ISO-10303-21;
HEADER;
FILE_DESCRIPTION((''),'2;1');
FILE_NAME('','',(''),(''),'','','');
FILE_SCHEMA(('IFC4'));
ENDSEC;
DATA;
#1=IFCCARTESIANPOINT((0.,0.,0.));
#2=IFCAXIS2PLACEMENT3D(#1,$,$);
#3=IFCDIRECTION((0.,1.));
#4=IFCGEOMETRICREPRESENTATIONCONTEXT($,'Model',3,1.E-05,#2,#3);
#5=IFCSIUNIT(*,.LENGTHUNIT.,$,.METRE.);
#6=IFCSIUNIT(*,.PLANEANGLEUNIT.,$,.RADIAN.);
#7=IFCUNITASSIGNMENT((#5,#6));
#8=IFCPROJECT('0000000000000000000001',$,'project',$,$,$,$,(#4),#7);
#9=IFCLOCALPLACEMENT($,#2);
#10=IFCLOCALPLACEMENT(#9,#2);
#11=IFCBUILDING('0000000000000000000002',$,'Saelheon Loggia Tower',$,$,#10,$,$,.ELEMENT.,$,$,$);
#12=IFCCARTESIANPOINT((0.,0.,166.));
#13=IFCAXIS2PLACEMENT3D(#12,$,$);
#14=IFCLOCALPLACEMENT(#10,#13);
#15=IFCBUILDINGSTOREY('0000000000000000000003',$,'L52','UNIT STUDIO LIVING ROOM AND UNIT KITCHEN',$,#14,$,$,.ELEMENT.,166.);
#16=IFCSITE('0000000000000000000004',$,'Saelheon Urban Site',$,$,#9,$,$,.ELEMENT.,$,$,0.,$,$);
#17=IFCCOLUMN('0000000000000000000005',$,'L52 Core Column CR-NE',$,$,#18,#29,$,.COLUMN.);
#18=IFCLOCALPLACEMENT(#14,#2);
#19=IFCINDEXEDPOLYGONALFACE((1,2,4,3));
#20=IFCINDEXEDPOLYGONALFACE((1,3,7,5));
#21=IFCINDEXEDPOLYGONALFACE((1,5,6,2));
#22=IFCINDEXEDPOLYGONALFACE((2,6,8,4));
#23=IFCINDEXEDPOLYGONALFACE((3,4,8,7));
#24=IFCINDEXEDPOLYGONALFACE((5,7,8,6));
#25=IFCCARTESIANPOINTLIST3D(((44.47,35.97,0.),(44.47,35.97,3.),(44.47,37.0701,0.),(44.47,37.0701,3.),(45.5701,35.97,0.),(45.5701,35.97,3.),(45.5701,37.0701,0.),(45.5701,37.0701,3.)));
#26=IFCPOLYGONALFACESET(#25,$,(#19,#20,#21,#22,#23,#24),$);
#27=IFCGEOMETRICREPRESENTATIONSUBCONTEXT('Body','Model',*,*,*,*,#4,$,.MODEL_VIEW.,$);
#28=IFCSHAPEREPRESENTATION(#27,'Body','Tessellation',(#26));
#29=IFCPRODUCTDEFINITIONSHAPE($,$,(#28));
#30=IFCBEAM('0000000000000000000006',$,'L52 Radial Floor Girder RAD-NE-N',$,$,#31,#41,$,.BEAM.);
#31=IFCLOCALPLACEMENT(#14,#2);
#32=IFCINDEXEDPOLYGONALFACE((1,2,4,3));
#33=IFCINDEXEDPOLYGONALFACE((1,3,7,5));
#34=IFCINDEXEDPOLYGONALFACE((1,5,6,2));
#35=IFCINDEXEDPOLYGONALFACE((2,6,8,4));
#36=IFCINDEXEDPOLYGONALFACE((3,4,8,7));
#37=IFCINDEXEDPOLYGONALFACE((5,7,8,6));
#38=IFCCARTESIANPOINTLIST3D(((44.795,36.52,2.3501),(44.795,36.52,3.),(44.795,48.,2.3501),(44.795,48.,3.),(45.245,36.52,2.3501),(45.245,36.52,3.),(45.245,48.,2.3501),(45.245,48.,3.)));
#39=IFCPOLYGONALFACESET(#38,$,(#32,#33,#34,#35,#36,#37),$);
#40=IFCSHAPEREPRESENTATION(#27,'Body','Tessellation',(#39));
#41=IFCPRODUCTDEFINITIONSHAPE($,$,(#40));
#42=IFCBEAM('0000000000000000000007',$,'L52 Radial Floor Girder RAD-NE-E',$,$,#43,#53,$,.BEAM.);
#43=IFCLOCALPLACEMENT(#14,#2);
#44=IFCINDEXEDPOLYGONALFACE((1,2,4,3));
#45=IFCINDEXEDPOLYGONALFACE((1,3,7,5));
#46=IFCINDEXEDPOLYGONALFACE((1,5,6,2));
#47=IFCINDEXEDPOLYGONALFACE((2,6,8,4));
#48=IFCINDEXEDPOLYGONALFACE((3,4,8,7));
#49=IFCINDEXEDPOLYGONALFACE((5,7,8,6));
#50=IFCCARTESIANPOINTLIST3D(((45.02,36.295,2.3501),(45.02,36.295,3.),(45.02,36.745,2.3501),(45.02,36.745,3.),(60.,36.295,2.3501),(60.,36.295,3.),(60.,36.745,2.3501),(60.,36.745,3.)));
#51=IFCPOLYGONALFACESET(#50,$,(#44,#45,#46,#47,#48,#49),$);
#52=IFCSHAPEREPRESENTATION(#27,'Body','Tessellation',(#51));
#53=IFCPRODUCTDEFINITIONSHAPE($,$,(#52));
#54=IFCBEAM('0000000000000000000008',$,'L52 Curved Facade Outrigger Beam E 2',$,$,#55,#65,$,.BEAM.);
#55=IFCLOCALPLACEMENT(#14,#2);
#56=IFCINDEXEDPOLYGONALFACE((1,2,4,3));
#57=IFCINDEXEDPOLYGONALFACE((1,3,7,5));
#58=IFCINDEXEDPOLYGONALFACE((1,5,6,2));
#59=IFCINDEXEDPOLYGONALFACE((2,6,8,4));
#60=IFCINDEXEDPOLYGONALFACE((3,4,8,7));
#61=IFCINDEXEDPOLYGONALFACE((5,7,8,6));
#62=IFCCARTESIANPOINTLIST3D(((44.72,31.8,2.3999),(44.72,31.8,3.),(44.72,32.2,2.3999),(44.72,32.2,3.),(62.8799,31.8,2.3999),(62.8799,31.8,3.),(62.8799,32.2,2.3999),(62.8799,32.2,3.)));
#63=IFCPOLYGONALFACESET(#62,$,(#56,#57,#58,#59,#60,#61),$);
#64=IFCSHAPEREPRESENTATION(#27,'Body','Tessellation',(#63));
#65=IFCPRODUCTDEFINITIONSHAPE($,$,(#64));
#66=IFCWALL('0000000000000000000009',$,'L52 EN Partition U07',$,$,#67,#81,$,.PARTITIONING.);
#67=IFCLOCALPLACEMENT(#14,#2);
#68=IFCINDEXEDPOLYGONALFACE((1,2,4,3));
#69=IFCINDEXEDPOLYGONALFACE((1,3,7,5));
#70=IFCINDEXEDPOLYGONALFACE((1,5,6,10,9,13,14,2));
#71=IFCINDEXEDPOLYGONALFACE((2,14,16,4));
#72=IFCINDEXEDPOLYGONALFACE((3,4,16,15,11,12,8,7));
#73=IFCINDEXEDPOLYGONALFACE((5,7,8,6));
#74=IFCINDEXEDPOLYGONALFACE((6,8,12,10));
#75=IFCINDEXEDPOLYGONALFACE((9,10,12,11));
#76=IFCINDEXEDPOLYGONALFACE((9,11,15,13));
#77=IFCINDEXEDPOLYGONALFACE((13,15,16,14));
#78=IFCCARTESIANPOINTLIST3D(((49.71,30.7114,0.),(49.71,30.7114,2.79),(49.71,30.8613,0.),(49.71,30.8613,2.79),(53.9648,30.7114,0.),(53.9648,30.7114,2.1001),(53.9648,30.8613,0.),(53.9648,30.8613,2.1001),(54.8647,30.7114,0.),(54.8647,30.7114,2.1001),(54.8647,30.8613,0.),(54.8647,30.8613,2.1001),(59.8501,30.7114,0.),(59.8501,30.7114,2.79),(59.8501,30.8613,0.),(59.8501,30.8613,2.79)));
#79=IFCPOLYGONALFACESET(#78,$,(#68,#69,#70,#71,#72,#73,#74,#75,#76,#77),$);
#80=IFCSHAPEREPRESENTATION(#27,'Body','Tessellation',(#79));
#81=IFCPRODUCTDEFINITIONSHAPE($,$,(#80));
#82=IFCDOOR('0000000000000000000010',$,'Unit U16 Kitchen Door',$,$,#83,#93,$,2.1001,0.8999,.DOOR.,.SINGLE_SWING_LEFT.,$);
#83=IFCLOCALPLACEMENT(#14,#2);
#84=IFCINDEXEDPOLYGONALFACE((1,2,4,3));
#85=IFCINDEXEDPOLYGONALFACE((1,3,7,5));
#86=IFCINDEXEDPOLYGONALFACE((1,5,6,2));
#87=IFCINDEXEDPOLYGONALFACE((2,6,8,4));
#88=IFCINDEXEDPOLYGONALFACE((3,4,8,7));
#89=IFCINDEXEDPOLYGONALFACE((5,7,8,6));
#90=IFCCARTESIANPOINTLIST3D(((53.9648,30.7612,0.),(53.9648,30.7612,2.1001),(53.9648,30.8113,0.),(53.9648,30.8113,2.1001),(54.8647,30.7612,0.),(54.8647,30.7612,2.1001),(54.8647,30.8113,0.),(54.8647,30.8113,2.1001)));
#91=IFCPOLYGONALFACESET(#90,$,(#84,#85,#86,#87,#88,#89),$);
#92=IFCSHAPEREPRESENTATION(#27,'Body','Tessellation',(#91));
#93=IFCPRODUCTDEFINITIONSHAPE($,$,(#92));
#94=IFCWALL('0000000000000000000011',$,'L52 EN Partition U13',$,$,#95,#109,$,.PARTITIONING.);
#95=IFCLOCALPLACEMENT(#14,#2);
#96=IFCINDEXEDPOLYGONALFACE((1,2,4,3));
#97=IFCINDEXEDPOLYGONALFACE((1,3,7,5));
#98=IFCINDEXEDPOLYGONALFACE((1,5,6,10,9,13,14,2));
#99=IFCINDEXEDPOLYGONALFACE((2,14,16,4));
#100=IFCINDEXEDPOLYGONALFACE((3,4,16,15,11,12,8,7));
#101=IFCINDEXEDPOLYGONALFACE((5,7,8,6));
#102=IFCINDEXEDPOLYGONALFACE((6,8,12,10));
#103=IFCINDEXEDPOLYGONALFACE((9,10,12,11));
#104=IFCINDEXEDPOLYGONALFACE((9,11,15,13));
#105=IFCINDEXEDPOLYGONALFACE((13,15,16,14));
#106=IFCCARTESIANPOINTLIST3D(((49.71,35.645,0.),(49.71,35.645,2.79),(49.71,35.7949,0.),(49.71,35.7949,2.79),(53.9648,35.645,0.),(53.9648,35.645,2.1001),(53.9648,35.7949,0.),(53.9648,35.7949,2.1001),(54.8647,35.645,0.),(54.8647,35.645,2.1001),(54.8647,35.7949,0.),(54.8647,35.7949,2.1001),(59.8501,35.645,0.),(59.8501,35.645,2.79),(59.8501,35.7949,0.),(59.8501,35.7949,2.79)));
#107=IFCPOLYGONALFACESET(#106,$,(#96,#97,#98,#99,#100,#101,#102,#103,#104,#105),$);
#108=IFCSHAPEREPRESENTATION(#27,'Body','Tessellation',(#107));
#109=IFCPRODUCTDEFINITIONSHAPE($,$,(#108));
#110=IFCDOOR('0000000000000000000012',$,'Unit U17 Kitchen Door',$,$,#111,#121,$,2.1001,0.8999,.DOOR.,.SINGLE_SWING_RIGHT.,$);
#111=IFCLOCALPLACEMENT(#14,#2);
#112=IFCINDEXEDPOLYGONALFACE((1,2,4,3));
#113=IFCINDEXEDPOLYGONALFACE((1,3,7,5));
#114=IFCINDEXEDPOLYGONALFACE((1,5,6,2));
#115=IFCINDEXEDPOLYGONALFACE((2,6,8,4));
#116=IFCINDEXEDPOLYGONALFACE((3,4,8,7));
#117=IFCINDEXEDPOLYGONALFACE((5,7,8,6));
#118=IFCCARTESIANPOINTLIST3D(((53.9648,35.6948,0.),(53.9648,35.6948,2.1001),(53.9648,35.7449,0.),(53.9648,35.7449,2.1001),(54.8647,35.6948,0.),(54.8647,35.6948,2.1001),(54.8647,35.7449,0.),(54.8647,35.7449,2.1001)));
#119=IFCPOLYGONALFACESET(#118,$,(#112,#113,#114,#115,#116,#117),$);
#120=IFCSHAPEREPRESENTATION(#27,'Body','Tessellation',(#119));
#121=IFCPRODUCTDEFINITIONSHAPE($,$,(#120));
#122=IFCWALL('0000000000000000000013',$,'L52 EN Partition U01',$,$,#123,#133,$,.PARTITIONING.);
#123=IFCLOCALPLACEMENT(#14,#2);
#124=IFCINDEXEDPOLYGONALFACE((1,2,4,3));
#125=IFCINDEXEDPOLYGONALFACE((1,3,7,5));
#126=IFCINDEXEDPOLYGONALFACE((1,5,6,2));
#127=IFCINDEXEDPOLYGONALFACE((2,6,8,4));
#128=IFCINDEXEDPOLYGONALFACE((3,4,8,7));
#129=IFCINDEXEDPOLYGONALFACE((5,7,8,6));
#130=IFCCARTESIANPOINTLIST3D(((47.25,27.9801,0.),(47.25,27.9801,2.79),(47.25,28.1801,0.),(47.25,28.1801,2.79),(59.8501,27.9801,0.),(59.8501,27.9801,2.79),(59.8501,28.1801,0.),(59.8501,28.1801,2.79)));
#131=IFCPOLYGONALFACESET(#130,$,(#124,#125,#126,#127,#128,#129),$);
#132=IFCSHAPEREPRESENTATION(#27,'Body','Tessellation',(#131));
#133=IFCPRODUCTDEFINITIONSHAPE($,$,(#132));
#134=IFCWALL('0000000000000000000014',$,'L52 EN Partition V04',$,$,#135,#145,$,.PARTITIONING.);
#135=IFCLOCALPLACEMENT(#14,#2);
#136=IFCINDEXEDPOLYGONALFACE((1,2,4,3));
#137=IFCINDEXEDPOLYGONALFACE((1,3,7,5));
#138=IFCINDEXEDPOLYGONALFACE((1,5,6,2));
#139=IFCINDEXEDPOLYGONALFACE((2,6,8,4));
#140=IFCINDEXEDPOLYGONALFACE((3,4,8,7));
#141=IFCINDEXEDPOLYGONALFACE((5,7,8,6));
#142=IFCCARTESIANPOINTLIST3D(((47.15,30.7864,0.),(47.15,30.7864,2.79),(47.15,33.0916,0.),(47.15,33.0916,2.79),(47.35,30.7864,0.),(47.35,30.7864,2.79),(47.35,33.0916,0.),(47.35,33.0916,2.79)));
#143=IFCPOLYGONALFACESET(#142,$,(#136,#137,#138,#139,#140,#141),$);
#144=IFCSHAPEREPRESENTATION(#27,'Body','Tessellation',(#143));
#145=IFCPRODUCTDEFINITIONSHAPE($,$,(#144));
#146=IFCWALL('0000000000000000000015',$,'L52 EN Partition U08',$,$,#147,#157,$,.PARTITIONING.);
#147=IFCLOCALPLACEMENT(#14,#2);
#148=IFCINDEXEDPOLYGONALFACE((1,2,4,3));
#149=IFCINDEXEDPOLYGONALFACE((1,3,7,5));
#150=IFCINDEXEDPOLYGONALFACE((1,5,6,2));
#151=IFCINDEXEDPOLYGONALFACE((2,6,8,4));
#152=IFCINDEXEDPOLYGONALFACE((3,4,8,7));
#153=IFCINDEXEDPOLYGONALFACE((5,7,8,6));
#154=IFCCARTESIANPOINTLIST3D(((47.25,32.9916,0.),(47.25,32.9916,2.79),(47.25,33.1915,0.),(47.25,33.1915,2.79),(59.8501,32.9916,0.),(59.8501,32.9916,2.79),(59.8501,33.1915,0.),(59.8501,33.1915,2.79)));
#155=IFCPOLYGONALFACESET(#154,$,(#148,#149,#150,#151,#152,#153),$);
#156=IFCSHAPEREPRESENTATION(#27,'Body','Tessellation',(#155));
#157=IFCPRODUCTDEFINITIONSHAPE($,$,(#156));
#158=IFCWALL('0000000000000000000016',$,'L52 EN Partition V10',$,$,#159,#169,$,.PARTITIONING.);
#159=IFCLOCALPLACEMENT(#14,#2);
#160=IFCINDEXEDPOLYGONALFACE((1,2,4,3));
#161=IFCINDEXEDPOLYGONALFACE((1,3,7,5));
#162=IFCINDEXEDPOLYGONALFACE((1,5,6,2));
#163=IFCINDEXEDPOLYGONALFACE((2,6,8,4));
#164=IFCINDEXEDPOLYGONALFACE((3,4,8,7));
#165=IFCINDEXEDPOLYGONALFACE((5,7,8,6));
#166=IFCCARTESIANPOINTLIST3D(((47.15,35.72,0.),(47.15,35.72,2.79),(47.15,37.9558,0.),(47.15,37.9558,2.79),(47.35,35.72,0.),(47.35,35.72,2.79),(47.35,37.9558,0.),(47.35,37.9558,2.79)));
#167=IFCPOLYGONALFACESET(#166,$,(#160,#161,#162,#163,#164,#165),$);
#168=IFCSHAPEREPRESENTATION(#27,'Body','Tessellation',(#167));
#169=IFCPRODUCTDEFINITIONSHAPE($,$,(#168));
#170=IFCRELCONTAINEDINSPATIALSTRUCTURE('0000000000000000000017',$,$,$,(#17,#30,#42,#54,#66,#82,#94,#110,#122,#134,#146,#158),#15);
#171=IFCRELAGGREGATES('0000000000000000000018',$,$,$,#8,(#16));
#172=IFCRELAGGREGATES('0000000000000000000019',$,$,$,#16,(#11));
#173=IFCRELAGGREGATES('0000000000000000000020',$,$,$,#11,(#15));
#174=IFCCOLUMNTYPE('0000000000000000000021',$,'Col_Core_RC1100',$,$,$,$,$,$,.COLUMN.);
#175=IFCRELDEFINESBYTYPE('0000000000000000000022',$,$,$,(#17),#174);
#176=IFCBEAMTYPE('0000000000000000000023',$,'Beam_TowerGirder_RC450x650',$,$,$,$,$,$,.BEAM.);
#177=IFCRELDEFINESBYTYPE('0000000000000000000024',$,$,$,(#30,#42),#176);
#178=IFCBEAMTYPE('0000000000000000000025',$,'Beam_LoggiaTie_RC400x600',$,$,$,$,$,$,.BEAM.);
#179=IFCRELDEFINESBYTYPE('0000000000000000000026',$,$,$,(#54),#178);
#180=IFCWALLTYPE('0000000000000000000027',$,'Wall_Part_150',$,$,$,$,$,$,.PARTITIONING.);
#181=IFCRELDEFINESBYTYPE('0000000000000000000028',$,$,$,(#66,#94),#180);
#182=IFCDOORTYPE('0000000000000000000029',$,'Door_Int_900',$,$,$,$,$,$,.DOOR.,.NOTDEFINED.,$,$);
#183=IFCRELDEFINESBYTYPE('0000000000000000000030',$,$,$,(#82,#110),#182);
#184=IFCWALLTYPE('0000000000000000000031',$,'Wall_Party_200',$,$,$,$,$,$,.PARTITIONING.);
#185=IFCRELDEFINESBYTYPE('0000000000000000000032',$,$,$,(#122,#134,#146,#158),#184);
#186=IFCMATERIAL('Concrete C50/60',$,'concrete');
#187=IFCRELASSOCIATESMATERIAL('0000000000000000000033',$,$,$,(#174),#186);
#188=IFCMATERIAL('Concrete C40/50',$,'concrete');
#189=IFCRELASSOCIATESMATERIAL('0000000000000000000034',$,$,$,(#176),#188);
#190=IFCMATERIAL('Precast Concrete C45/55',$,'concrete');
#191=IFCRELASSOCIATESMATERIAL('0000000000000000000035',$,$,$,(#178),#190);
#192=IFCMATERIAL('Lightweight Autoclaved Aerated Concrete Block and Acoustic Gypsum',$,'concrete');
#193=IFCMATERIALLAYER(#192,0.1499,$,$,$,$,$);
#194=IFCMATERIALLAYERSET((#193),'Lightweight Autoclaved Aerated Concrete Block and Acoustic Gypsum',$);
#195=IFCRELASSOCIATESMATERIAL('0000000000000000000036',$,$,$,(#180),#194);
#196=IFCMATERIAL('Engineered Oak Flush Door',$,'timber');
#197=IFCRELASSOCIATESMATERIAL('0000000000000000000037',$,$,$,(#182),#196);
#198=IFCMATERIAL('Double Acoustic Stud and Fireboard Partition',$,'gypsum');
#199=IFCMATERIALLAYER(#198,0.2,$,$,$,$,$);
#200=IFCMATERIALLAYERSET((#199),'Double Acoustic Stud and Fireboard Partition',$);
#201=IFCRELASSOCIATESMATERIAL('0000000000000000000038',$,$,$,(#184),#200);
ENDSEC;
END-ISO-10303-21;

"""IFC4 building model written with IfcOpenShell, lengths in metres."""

from ifc_helpers import new_model, si_unit, direction, frame, frame_2d, origin, origin_2d, place, context, subcontext, project, spatial, rectangle, extrude, source, transform, mapped, material, layer, layer_set, material_profile, profile_set, type_object, element, fill, save


model = new_model("IFC4")

# Units and contexts
model_context = context("Model", 3, precision=1e-05, world=origin(), true_north=direction((0.0, 1.0)))
body_context = subcontext(model_context, "Body", "Model", "MODEL_VIEW")
ifc_project = project(units=[si_unit("LENGTHUNIT", "METRE"), si_unit("PLANEANGLEUNIT", "RADIAN")], contexts=[model_context])

# Site, building, storey
site_placement = place(None, origin())
site = spatial("IfcSite", under=ifc_project, at=site_placement, Name="Saelheon Urban Site", CompositionType="ELEMENT", RefElevation=0.0)
building_placement = place(site_placement, origin())
building = spatial("IfcBuilding", under=site, at=building_placement, Name="Saelheon Loggia Tower", CompositionType="ELEMENT")
storey_placement = place(building_placement, frame((0.0, 0.0, 166.0)))
storey = spatial("IfcBuildingStorey", under=building, at=storey_placement, Name="L52", Description="UNIT STUDIO LIVING ROOM AND UNIT KITCHEN", CompositionType="ELEMENT", Elevation=166.0)

# Column
ifc_material_1 = material(Name="Concrete C50/60", Category="concrete")
ifc_material_profile_1 = material_profile(ifc_material_1, rectangle(XDim=1.1001, YDim=1.1001, at=origin_2d()), Name="RC-1100x1100")
ifc_profile_set_1 = profile_set([ifc_material_profile_1], Name="Concrete C50/60")
column_type = type_object("IfcColumnType", Name="Col_Core_RC1100", PredefinedType="COLUMN", material=ifc_profile_set_1)
shared_shape_1 = source(origin(), body_context, "Body", "SweptSolid", [
    extrude(rectangle(XDim=1.1001, YDim=1.1001, at=origin_2d()), origin(), (0.0, 0.0, 1.0), 3.0),
])
column_placement = place(storey_placement, frame((45.02, 36.52, 0.0), z_axis=(0.0, 0.0, 1.0), x_axis=(1.0, 0.0, 0.0)))
element("IfcColumn", 1, at=column_placement, inside=storey, type_object=column_type, Name="L52 Core Column CR-NE", PredefinedType="COLUMN", context=body_context, shape_type="MappedRepresentation", body=[
    mapped(shared_shape_1, transform((0.0, 0.0, 0.0), scale=1.0)),
])

# Beams
ifc_material_2 = material(Name="Concrete C40/50", Category="concrete")
ifc_material_profile_2 = material_profile(ifc_material_2, rectangle(XDim=0.45, YDim=0.6499, at=origin_2d()), Name="RC-450x650")
ifc_profile_set_2 = profile_set([ifc_material_profile_2], Name="Concrete C40/50")
beam_type_1 = type_object("IfcBeamType", Name="Beam_TowerGirder_RC450x650", PredefinedType="BEAM", material=ifc_profile_set_2)
shared_shape_2 = source(origin(), body_context, "Body", "SweptSolid", [
    extrude(rectangle(XDim=0.45, YDim=0.6499, at=origin_2d()), origin(), (0.0, 0.0, 1.0), 11.48),
])
beam_1_placement = place(storey_placement, frame((45.02, 36.52, 2.675), z_axis=(0.0, 1.0, 0.0), x_axis=(-1.0, 0.0, 0.0)))
element("IfcBeam", 2, at=beam_1_placement, inside=storey, type_object=beam_type_1, Name="L52 Radial Floor Girder RAD-NE-N", PredefinedType="BEAM", context=body_context, shape_type="MappedRepresentation", body=[
    mapped(shared_shape_2, transform((0.0, 0.0, 0.0), scale=1.0)),
])
shared_shape_3 = source(origin(), body_context, "Body", "SweptSolid", [
    extrude(rectangle(XDim=0.45, YDim=0.6499, at=origin_2d()), origin(), (0.0, 0.0, 1.0), 14.98),
])
beam_2_placement = place(storey_placement, frame((45.02, 36.52, 2.675), z_axis=(1.0, 0.0, 0.0), x_axis=(0.0, 1.0, 0.0)))
element("IfcBeam", 3, at=beam_2_placement, inside=storey, type_object=beam_type_1, Name="L52 Radial Floor Girder RAD-NE-E", PredefinedType="BEAM", context=body_context, shape_type="MappedRepresentation", body=[
    mapped(shared_shape_3, transform((0.0, 0.0, 0.0), scale=1.0)),
])
ifc_material_3 = material(Name="Precast Concrete C45/55", Category="concrete")
ifc_material_profile_3 = material_profile(ifc_material_3, rectangle(XDim=0.3999, YDim=0.6001, at=origin_2d()), Name="RC-400x600")
ifc_profile_set_3 = profile_set([ifc_material_profile_3], Name="Precast Concrete C45/55")
beam_type_2 = type_object("IfcBeamType", Name="Beam_LoggiaTie_RC400x600", PredefinedType="BEAM", material=ifc_profile_set_3)
shared_shape_4 = source(origin(), body_context, "Body", "SweptSolid", [
    extrude(rectangle(XDim=0.3999, YDim=0.6001, at=origin_2d()), origin(), (0.0, 0.0, 1.0), 18.1599),
])
beam_3_placement = place(storey_placement, frame((44.72, 32.0, 2.7), z_axis=(1.0, 0.0, 0.0), x_axis=(0.0, 1.0, 0.0)))
element("IfcBeam", 4, at=beam_3_placement, inside=storey, type_object=beam_type_2, Name="L52 Curved Facade Outrigger Beam E 2", PredefinedType="BEAM", context=body_context, shape_type="MappedRepresentation", body=[
    mapped(shared_shape_4, transform((0.0, 0.0, 0.0), scale=1.0)),
])

# Walls, openings, doors
ifc_material_4 = material(Name="Lightweight Autoclaved Aerated Concrete Block and Acoustic Gypsum", Category="concrete")
ifc_layer_1 = layer(ifc_material_4, 0.1499)
ifc_layer_set_1 = layer_set([ifc_layer_1], Name="Lightweight Autoclaved Aerated Concrete Block and Acoustic Gypsum")
wall_type_1 = type_object("IfcWallType", Name="Wall_Part_150", PredefinedType="PARTITIONING", material=ifc_layer_set_1)
wall_1_placement = place(storey_placement, frame((49.71, 30.7864, 0.0), z_axis=(0.0, 0.0, 1.0), x_axis=(1.0, 0.0, 0.0)))
wall_1 = element("IfcWall", 5, at=wall_1_placement, inside=storey, type_object=wall_type_1, Name="L52 EN Partition U07", PredefinedType="PARTITIONING", context=body_context, shape_type="SweptSolid", body=[
    extrude(rectangle(XDim=10.1401, YDim=0.1499, at=frame_2d((5.0701, 0.0))), origin(), (0.0, 0.0, 1.0), 2.79),
])
opening_1_placement = place(wall_1_placement, frame((4.2549, 0.0, 0.0)))
opening_1 = element("IfcOpeningElement", 6, at=opening_1_placement, cuts=wall_1, PredefinedType="OPENING", context=body_context, shape_type="SweptSolid", body=[
    extrude(rectangle(XDim=0.8999, YDim=2.1001, at=frame_2d((0.45, 1.05))), frame((0.0, 0.0869, 0.0), z_axis=(0.0, -1.0, 0.0), x_axis=(1.0, 0.0, 0.0)), (0.0, 0.0, 1.0), 0.1738),
])
ifc_material_5 = material(Name="Engineered Oak Flush Door", Category="timber")
door_type_1 = type_object("IfcDoorType", Name="Door_Int_900", OperationType="NOTDEFINED", PredefinedType="DOOR", material=ifc_material_5)
shared_shape_5 = source(origin(), body_context, "Body", "SweptSolid", [
    extrude(rectangle(XDim=0.8999, YDim=2.1001, at=frame_2d((0.45, 1.05))), frame((0.0, 0.0249, 0.0), z_axis=(0.0, -1.0, 0.0), x_axis=(1.0, 0.0, 0.0)), (0.0, 0.0, 1.0), 0.05),
])
door_1_placement = place(opening_1_placement, origin())
door_1 = element("IfcDoor", 7, at=door_1_placement, inside=storey, type_object=door_type_1, Name="Unit U16 Kitchen Door", OperationType="SINGLE_SWING_LEFT", OverallHeight=2.1001, OverallWidth=0.8999, PredefinedType="DOOR", context=body_context, shape_type="MappedRepresentation", body=[
    mapped(shared_shape_5, transform((0.0, 0.0, 0.0), scale=1.0)),
])
fill(opening_1, door_1)
wall_2_placement = place(storey_placement, frame((49.71, 35.72, 0.0), z_axis=(0.0, 0.0, 1.0), x_axis=(1.0, 0.0, 0.0)))
wall_2 = element("IfcWall", 8, at=wall_2_placement, inside=storey, type_object=wall_type_1, Name="L52 EN Partition U13", PredefinedType="PARTITIONING", context=body_context, shape_type="SweptSolid", body=[
    extrude(rectangle(XDim=10.1401, YDim=0.1499, at=frame_2d((5.0701, 0.0))), origin(), (0.0, 0.0, 1.0), 2.79),
])
opening_2_placement = place(wall_2_placement, frame((4.2549, 0.0, 0.0)))
opening_2 = element("IfcOpeningElement", 9, at=opening_2_placement, cuts=wall_2, PredefinedType="OPENING", context=body_context, shape_type="SweptSolid", body=[
    extrude(rectangle(XDim=0.8999, YDim=2.1001, at=frame_2d((0.45, 1.05))), frame((0.0, 0.0869, 0.0), z_axis=(0.0, -1.0, 0.0), x_axis=(1.0, 0.0, 0.0)), (0.0, 0.0, 1.0), 0.1738),
])
door_2_placement = place(opening_2_placement, origin())
door_2 = element("IfcDoor", 10, at=door_2_placement, inside=storey, type_object=door_type_1, Name="Unit U17 Kitchen Door", OperationType="SINGLE_SWING_RIGHT", OverallHeight=2.1001, OverallWidth=0.8999, PredefinedType="DOOR", context=body_context, shape_type="MappedRepresentation", body=[
    mapped(shared_shape_5, transform((0.0, 0.0, 0.0), scale=1.0)),
])
fill(opening_2, door_2)

# Wall
ifc_material_6 = material(Name="Double Acoustic Stud and Fireboard Partition", Category="gypsum")
ifc_layer_2 = layer(ifc_material_6, 0.2)
ifc_layer_set_2 = layer_set([ifc_layer_2], Name="Double Acoustic Stud and Fireboard Partition")
wall_type_2 = type_object("IfcWallType", Name="Wall_Party_200", PredefinedType="PARTITIONING", material=ifc_layer_set_2)
wall_3_placement = place(storey_placement, frame((47.25, 28.0801, 0.0), z_axis=(0.0, 0.0, 1.0), x_axis=(1.0, 0.0, 0.0)))
element("IfcWall", 11, at=wall_3_placement, inside=storey, type_object=wall_type_2, Name="L52 EN Partition U01", PredefinedType="PARTITIONING", context=body_context, shape_type="SweptSolid", body=[
    extrude(rectangle(XDim=12.6001, YDim=0.2, at=frame_2d((6.3, 0.0))), origin(), (0.0, 0.0, 1.0), 2.79),
])

# Walls
wall_4_placement = place(storey_placement, frame((47.25, 30.7864, 0.0), z_axis=(0.0, 0.0, 1.0), x_axis=(0.0, 1.0, 0.0)))
element("IfcWall", 12, at=wall_4_placement, inside=storey, type_object=wall_type_2, Name="L52 EN Partition V04", PredefinedType="PARTITIONING", context=body_context, shape_type="SweptSolid", body=[
    extrude(rectangle(XDim=2.3052, YDim=0.2, at=frame_2d((1.1526, 0.0))), origin(), (0.0, 0.0, 1.0), 2.79),
])
wall_5_placement = place(storey_placement, frame((47.25, 33.0916, 0.0), z_axis=(0.0, 0.0, 1.0), x_axis=(1.0, 0.0, 0.0)))
element("IfcWall", 13, at=wall_5_placement, inside=storey, type_object=wall_type_2, Name="L52 EN Partition U08", PredefinedType="PARTITIONING", context=body_context, shape_type="SweptSolid", body=[
    extrude(rectangle(XDim=12.6001, YDim=0.2, at=frame_2d((6.3, 0.0))), origin(), (0.0, 0.0, 1.0), 2.79),
])

# Wall
wall_6_placement = place(storey_placement, frame((47.25, 35.72, 0.0), z_axis=(0.0, 0.0, 1.0), x_axis=(0.0, 1.0, 0.0)))
element("IfcWall", 14, at=wall_6_placement, inside=storey, type_object=wall_type_2, Name="L52 EN Partition V10", PredefinedType="PARTITIONING", context=body_context, shape_type="SweptSolid", body=[
    extrude(rectangle(XDim=2.2358, YDim=0.2, at=frame_2d((1.1179, 0.0))), origin(), (0.0, 0.0, 1.0), 2.79),
])

save(model, "model.ifc")
